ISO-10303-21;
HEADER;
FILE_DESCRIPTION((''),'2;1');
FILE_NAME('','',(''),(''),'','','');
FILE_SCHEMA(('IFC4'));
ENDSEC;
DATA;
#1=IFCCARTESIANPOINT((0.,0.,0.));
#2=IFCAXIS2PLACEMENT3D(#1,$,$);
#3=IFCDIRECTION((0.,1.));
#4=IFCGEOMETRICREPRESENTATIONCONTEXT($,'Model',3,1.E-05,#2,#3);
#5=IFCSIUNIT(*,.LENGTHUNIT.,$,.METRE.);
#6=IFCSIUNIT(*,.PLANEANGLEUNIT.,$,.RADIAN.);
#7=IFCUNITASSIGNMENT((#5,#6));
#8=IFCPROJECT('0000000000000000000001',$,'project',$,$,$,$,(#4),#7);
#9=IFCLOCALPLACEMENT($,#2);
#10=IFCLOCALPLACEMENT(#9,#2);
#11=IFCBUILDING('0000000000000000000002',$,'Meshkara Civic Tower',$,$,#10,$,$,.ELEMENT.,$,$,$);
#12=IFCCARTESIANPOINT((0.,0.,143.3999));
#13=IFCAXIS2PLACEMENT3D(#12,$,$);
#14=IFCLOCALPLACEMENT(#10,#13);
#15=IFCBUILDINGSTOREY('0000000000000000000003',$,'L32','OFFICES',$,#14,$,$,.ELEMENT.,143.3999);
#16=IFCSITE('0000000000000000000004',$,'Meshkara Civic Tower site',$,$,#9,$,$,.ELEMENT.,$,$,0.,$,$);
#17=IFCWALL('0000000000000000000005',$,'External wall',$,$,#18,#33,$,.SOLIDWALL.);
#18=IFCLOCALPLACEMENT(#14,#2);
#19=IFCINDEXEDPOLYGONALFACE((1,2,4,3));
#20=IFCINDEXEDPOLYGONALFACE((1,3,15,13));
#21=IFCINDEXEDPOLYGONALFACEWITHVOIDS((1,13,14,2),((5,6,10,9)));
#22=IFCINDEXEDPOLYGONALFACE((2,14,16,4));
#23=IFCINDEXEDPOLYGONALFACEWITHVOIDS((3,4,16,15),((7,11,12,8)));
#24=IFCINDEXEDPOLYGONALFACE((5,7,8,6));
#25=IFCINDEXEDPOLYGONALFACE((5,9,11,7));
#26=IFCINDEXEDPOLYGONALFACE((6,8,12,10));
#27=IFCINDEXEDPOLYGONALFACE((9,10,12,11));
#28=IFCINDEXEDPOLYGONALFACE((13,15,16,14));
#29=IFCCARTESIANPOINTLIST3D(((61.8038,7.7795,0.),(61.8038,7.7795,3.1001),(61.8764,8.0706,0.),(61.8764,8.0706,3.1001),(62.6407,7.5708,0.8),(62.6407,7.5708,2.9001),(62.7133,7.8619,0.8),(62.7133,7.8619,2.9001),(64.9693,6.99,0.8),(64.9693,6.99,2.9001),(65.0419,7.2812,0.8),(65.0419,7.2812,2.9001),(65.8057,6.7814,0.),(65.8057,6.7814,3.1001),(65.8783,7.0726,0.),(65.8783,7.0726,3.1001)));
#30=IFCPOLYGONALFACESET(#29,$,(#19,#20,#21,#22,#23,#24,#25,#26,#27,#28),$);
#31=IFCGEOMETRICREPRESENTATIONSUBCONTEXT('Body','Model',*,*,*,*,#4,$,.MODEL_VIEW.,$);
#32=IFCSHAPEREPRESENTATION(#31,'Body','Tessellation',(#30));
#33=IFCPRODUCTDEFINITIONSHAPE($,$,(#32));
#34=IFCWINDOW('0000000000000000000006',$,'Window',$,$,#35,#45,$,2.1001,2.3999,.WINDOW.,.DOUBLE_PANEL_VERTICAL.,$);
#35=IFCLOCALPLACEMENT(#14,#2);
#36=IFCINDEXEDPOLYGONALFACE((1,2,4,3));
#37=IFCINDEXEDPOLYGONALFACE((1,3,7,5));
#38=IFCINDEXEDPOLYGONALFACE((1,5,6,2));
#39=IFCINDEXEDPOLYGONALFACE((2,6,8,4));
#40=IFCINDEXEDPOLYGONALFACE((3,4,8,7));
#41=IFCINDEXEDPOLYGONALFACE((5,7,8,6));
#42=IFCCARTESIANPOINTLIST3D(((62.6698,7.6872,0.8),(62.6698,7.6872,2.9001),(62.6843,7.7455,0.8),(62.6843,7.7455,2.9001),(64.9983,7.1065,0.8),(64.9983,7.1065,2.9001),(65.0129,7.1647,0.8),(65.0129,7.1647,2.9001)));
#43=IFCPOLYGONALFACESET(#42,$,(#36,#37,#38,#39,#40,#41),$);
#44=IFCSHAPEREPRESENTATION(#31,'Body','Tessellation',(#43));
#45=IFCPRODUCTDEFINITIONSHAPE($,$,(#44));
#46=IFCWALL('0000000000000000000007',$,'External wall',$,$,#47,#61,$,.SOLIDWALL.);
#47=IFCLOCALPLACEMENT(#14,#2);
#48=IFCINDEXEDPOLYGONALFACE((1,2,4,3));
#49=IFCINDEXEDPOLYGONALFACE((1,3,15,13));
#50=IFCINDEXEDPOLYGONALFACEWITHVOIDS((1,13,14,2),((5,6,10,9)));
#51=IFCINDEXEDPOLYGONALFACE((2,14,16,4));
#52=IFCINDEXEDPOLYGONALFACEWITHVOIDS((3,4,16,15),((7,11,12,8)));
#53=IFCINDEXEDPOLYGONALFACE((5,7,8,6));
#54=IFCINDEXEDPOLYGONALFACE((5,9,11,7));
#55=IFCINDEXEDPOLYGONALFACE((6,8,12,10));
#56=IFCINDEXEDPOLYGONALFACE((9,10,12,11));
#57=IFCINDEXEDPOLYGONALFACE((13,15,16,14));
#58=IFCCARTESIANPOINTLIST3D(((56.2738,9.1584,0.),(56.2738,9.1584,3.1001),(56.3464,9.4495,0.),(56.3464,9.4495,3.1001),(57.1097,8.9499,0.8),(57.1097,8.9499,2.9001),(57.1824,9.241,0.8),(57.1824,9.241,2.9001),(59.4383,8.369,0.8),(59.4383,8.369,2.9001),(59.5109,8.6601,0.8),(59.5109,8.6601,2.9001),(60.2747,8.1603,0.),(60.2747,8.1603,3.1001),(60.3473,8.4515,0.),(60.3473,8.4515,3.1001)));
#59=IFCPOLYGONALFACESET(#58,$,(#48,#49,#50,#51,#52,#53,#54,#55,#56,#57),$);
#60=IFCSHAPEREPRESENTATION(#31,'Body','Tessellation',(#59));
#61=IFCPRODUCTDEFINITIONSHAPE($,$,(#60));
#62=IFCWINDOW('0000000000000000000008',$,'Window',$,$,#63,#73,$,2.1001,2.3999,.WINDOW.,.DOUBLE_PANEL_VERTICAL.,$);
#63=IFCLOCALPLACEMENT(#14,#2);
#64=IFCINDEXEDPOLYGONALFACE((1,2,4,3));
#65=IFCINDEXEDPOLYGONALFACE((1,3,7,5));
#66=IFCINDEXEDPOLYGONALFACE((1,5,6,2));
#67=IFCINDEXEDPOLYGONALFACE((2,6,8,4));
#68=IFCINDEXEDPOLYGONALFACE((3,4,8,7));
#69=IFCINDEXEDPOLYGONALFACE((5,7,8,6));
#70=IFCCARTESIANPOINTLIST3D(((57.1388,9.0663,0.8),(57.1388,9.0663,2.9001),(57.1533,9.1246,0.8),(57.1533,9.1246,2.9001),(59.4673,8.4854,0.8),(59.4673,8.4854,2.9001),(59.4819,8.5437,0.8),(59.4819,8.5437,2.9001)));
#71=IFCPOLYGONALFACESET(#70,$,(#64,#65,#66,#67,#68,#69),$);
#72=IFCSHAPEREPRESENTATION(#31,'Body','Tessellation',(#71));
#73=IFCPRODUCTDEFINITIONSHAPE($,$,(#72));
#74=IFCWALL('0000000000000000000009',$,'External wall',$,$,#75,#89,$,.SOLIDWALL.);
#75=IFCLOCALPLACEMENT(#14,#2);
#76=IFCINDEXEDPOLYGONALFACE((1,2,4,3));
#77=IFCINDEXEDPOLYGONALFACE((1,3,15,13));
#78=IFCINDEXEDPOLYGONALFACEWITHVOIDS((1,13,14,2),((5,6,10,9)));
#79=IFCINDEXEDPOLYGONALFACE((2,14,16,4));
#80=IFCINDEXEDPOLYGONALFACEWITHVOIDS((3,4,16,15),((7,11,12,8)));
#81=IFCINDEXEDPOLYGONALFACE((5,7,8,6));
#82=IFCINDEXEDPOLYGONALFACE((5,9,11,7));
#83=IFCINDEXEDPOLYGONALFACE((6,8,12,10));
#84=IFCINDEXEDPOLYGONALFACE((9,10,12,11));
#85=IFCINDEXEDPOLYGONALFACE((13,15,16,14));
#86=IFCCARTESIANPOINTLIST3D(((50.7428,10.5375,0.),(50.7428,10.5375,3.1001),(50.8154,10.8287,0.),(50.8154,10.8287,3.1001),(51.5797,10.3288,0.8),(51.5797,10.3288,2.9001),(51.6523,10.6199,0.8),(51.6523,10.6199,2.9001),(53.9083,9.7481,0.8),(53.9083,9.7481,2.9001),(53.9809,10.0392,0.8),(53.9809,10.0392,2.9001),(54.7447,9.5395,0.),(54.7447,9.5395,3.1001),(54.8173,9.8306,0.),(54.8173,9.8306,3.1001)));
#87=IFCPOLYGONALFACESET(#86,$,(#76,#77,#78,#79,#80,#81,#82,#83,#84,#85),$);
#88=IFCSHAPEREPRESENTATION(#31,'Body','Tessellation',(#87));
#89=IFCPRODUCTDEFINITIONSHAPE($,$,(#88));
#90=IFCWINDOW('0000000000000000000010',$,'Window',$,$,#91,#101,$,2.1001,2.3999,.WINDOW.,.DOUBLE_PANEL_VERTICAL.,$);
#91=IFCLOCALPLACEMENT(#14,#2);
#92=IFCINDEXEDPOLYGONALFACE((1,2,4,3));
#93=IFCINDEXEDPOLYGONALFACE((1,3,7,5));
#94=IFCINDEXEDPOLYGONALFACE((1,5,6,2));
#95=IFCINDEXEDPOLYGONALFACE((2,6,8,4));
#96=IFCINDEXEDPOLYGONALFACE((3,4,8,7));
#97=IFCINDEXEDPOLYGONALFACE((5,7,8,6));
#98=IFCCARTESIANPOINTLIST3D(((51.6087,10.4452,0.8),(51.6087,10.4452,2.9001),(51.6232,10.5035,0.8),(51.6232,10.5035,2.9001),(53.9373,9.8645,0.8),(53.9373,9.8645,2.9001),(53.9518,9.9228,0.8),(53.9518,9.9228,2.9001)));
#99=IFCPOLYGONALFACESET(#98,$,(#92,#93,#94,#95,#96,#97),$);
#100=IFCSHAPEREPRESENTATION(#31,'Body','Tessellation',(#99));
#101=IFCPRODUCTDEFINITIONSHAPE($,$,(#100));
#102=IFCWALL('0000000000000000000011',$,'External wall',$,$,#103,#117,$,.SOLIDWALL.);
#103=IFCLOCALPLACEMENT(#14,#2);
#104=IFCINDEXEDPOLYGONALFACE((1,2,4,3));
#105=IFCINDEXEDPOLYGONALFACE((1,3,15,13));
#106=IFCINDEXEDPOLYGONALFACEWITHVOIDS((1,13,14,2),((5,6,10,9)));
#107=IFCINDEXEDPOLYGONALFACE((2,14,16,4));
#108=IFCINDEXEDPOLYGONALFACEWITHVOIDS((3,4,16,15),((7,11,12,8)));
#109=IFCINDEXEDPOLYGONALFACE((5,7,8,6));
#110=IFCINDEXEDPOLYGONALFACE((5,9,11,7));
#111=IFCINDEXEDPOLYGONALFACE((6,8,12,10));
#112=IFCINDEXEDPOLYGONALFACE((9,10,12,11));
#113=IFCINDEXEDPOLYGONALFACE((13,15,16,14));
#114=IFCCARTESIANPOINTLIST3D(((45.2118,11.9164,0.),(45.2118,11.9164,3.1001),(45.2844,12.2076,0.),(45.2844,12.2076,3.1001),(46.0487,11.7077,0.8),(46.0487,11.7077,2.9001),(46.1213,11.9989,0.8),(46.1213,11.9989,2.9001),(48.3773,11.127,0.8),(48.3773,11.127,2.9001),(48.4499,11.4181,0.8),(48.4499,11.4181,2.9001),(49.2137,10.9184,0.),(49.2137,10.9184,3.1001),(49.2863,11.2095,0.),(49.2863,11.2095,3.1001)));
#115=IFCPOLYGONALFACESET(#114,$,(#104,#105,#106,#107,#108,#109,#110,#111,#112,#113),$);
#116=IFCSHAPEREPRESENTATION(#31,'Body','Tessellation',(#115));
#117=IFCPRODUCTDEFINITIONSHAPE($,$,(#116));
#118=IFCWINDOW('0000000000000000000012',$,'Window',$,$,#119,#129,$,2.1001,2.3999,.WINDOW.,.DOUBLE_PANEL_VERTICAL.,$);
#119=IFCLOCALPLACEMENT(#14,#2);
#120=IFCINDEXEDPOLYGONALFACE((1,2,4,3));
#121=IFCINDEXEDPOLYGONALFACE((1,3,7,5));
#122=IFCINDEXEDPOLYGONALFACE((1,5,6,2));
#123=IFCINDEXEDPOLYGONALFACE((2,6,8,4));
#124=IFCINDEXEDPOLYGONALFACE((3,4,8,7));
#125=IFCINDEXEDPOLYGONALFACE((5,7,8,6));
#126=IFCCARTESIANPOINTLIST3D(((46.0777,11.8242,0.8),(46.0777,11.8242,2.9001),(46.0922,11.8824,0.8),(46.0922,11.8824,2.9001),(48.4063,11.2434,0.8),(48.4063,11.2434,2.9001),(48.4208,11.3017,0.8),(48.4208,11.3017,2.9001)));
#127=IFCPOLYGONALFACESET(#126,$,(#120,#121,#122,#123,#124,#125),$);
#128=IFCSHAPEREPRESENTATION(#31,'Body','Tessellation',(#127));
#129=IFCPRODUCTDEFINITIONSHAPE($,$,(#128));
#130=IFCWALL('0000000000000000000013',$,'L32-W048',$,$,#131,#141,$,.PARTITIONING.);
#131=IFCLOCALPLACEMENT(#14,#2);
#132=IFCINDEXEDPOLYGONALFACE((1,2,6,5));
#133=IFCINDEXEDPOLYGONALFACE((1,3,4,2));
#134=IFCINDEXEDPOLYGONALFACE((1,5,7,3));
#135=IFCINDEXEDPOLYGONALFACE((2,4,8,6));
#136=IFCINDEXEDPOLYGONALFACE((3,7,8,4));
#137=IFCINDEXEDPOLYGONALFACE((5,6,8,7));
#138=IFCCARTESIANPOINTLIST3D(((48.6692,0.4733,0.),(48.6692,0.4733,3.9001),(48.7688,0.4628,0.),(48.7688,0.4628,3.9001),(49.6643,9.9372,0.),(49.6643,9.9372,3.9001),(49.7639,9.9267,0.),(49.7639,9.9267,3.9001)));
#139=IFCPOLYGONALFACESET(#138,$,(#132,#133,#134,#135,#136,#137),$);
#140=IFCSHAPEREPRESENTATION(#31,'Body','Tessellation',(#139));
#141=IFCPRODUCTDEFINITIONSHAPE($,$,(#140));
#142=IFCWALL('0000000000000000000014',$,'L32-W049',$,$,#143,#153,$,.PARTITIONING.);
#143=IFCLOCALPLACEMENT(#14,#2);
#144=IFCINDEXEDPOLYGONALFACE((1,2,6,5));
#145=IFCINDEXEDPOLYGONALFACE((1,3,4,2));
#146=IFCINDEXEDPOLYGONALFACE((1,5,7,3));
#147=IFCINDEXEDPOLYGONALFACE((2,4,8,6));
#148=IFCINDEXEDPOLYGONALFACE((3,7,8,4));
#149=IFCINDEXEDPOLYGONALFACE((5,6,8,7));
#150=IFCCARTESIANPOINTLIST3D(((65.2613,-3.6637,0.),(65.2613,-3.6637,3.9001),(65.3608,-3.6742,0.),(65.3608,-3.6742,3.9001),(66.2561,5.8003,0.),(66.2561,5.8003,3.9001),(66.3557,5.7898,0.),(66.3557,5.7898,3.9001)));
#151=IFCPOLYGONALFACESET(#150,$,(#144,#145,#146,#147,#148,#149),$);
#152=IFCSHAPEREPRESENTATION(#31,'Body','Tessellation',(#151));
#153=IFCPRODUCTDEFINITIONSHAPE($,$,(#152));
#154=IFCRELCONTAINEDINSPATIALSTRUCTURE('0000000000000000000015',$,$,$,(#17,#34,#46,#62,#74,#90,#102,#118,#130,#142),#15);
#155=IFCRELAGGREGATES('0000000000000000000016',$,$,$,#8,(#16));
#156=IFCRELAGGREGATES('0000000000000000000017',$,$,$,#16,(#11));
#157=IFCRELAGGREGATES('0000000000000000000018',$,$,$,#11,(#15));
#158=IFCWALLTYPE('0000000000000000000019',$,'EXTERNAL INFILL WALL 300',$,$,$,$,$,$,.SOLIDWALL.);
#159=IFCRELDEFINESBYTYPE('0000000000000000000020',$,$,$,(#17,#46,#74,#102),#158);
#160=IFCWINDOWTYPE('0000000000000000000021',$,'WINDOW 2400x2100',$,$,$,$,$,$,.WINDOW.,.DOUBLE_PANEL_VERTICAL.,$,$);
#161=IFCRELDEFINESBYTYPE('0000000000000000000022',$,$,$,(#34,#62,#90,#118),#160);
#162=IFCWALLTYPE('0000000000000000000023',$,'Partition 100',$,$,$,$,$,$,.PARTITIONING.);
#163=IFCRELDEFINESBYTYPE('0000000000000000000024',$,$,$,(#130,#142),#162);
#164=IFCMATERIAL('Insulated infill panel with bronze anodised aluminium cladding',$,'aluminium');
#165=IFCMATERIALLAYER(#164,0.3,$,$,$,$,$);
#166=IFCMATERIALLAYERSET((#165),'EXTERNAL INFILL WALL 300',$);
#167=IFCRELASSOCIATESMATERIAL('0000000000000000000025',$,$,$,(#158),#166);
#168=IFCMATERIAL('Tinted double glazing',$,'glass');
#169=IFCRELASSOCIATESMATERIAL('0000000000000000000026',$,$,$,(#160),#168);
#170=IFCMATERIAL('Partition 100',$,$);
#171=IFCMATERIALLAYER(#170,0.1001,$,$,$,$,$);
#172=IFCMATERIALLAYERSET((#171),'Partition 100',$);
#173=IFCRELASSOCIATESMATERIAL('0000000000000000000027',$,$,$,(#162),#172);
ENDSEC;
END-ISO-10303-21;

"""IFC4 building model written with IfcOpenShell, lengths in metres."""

from ifc_helpers import new_model, si_unit, direction, frame, frame_2d, origin, place, context, subcontext, project, spatial, rectangle, extrude, material, layer, layer_set, type_object, element, fill, save


model = new_model("IFC4")

# Units and contexts
model_context = context("Model", 3, precision=1e-05, world=origin(), true_north=direction((0.0, 1.0)))
body_context = subcontext(model_context, "Body", "Model", "MODEL_VIEW")
ifc_project = project(units=[si_unit("LENGTHUNIT", "METRE"), si_unit("PLANEANGLEUNIT", "RADIAN")], contexts=[model_context])

# Site, building, storey
site_placement = place(None, origin())
site = spatial("IfcSite", under=ifc_project, at=site_placement, Name="Meshkara Civic Tower site", CompositionType="ELEMENT", RefElevation=0.0)
building_placement = place(site_placement, origin())
building = spatial("IfcBuilding", under=site, at=building_placement, Name="Meshkara Civic Tower", CompositionType="ELEMENT")
storey_placement = place(building_placement, frame((0.0, 0.0, 143.3999)))
storey = spatial("IfcBuildingStorey", under=building, at=storey_placement, Name="L32", Description="OFFICES", CompositionType="ELEMENT", Elevation=143.3999)

# Walls, openings, windows
ifc_material_1 = material(Name="Insulated infill panel with bronze anodised aluminium cladding", Category="aluminium")
ifc_layer_1 = layer(ifc_material_1, 0.3)
ifc_layer_set_1 = layer_set([ifc_layer_1], Name="EXTERNAL INFILL WALL 300")
wall_type_1 = type_object("IfcWallType", Name="EXTERNAL INFILL WALL 300", PredefinedType="SOLIDWALL", material=ifc_layer_set_1)
wall_1_placement = place(storey_placement, frame((65.842, 6.927, 0.0), z_axis=(0.0, 0.0, 1.0), x_axis=(-0.970282, 0.241978, 0.0)))
wall_1 = element("IfcWall", 1, at=wall_1_placement, inside=storey, type_object=wall_type_1, Name="External wall", PredefinedType="SOLIDWALL", context=body_context, shape_type="SweptSolid", body=[
    extrude(rectangle(XDim=4.1245, YDim=0.3, at=frame_2d((2.0623, 0.0))), origin(), (0.0, 0.0, 1.0), 3.1001),
])
opening_1_placement = place(wall_1_placement, frame((0.8621, 0.0, 0.8)))
opening_1 = element("IfcOpeningElement", 2, at=opening_1_placement, cuts=wall_1, PredefinedType="OPENING", context=body_context, shape_type="SweptSolid", body=[
    extrude(rectangle(XDim=2.3999, YDim=2.1001, at=frame_2d((1.2, 1.05))), frame((0.0, 0.1599, 0.0), z_axis=(0.0, -1.0, 0.0), x_axis=(1.0, 0.0, 0.0)), (0.0, 0.0, 1.0), 0.3201),
])
ifc_material_2 = material(Name="Tinted double glazing", Category="glass")
window_type = type_object("IfcWindowType", Name="WINDOW 2400x2100", PartitioningType="DOUBLE_PANEL_VERTICAL", PredefinedType="WINDOW", material=ifc_material_2)
window_1_placement = place(opening_1_placement, origin())
window_1 = element("IfcWindow", 3, at=window_1_placement, inside=storey, type_object=window_type, Name="Window", OverallHeight=2.1001, OverallWidth=2.3999, PartitioningType="DOUBLE_PANEL_VERTICAL", PredefinedType="WINDOW", context=body_context, shape_type="SweptSolid", body=[
    extrude(rectangle(XDim=2.3999, YDim=2.1001, at=frame_2d((1.2, 1.05))), frame((0.0, 0.03, 0.0), z_axis=(0.0, -1.0, 0.0), x_axis=(1.0, 0.0, 0.0)), (0.0, 0.0, 1.0), 0.0601),
])
fill(opening_1, window_1)
wall_2_placement = place(storey_placement, frame((60.311, 8.3059, 0.0), z_axis=(0.0, 0.0, 1.0), x_axis=(-0.970268, 0.242034, 0.0)))
wall_2 = element("IfcWall", 4, at=wall_2_placement, inside=storey, type_object=wall_type_1, Name="External wall", PredefinedType="SOLIDWALL", context=body_context, shape_type="SweptSolid", body=[
    extrude(rectangle(XDim=4.1235, YDim=0.3, at=frame_2d((2.0618, 0.0))), origin(), (0.0, 0.0, 1.0), 3.1001),
])
opening_2_placement = place(wall_2_placement, frame((0.8621, 0.0, 0.8)))
opening_2 = element("IfcOpeningElement", 5, at=opening_2_placement, cuts=wall_2, PredefinedType="OPENING", context=body_context, shape_type="SweptSolid", body=[
    extrude(rectangle(XDim=2.3999, YDim=2.1001, at=frame_2d((1.2, 1.05))), frame((0.0, 0.1599, 0.0), z_axis=(0.0, -1.0, 0.0), x_axis=(1.0, 0.0, 0.0)), (0.0, 0.0, 1.0), 0.3201),
])
window_2_placement = place(opening_2_placement, origin())
window_2 = element("IfcWindow", 6, at=window_2_placement, inside=storey, type_object=window_type, Name="Window", OverallHeight=2.1001, OverallWidth=2.3999, PartitioningType="DOUBLE_PANEL_VERTICAL", PredefinedType="WINDOW", context=body_context, shape_type="SweptSolid", body=[
    extrude(rectangle(XDim=2.3999, YDim=2.1001, at=frame_2d((1.2, 1.05))), frame((0.0, 0.03, 0.0), z_axis=(0.0, -1.0, 0.0), x_axis=(1.0, 0.0, 0.0)), (0.0, 0.0, 1.0), 0.0601),
])
fill(opening_2, window_2)
wall_3_placement = place(storey_placement, frame((54.781, 9.6851, 0.0), z_axis=(0.0, 0.0, 1.0), x_axis=(-0.970282, 0.241978, 0.0)))
wall_3 = element("IfcWall", 7, at=wall_3_placement, inside=storey, type_object=wall_type_1, Name="External wall", PredefinedType="SOLIDWALL", context=body_context, shape_type="SweptSolid", body=[
    extrude(rectangle(XDim=4.1245, YDim=0.3, at=frame_2d((2.0623, 0.0))), origin(), (0.0, 0.0, 1.0), 3.1001),
])
opening_3_placement = place(wall_3_placement, frame((0.8621, 0.0, 0.8)))
opening_3 = element("IfcOpeningElement", 8, at=opening_3_placement, cuts=wall_3, PredefinedType="OPENING", context=body_context, shape_type="SweptSolid", body=[
    extrude(rectangle(XDim=2.3999, YDim=2.1001, at=frame_2d((1.2, 1.05))), frame((0.0, 0.1599, 0.0), z_axis=(0.0, -1.0, 0.0), x_axis=(1.0, 0.0, 0.0)), (0.0, 0.0, 1.0), 0.3201),
])
window_3_placement = place(opening_3_placement, origin())
window_3 = element("IfcWindow", 9, at=window_3_placement, inside=storey, type_object=window_type, Name="Window", OverallHeight=2.1001, OverallWidth=2.3999, PartitioningType="DOUBLE_PANEL_VERTICAL", PredefinedType="WINDOW", context=body_context, shape_type="SweptSolid", body=[
    extrude(rectangle(XDim=2.3999, YDim=2.1001, at=frame_2d((1.2, 1.05))), frame((0.0, 0.03, 0.0), z_axis=(0.0, -1.0, 0.0), x_axis=(1.0, 0.0, 0.0)), (0.0, 0.0, 1.0), 0.0601),
])
fill(opening_3, window_3)
wall_4_placement = place(storey_placement, frame((49.25, 11.064, 0.0), z_axis=(0.0, 0.0, 1.0), x_axis=(-0.970282, 0.241978, 0.0)))
wall_4 = element("IfcWall", 10, at=wall_4_placement, inside=storey, type_object=wall_type_1, Name="External wall", PredefinedType="SOLIDWALL", context=body_context, shape_type="SweptSolid", body=[
    extrude(rectangle(XDim=4.1245, YDim=0.3, at=frame_2d((2.0623, 0.0))), origin(), (0.0, 0.0, 1.0), 3.1001),
])
opening_4_placement = place(wall_4_placement, frame((0.8621, 0.0, 0.8)))
opening_4 = element("IfcOpeningElement", 11, at=opening_4_placement, cuts=wall_4, PredefinedType="OPENING", context=body_context, shape_type="SweptSolid", body=[
    extrude(rectangle(XDim=2.3999, YDim=2.1001, at=frame_2d((1.2, 1.05))), frame((0.0, 0.1599, 0.0), z_axis=(0.0, -1.0, 0.0), x_axis=(1.0, 0.0, 0.0)), (0.0, 0.0, 1.0), 0.3201),
])
window_4_placement = place(opening_4_placement, origin())
window_4 = element("IfcWindow", 12, at=window_4_placement, inside=storey, type_object=window_type, Name="Window", OverallHeight=2.1001, OverallWidth=2.3999, PartitioningType="DOUBLE_PANEL_VERTICAL", PredefinedType="WINDOW", context=body_context, shape_type="SweptSolid", body=[
    extrude(rectangle(XDim=2.3999, YDim=2.1001, at=frame_2d((1.2, 1.05))), frame((0.0, 0.03, 0.0), z_axis=(0.0, -1.0, 0.0), x_axis=(1.0, 0.0, 0.0)), (0.0, 0.0, 1.0), 0.0601),
])
fill(opening_4, window_4)

# Walls
ifc_material_3 = material(Name="Partition 100")
ifc_layer_2 = layer(ifc_material_3, 0.1001)
ifc_layer_set_2 = layer_set([ifc_layer_2], Name="Partition 100")
wall_type_2 = type_object("IfcWallType", Name="Partition 100", PredefinedType="PARTITIONING", material=ifc_layer_set_2)
for number, where, z_axis, x_axis, name in (
    (13, (48.719, 0.468, 0.0), (0.0, 0.0, 1.0), (0.104573, 0.994517, 0.0), "L32-W048"),
    (14, (65.311, -3.6689, 0.0), (0.0, 0.0, 1.0), (0.104547, 0.99452, 0.0), "L32-W049"),
):
    element("IfcWall", number, at=place(storey_placement, frame(where, z_axis=z_axis, x_axis=x_axis)), inside=storey, type_object=wall_type_2, Name=name, PredefinedType="PARTITIONING", context=body_context, shape_type="SweptSolid", body=[
        extrude(rectangle(XDim=9.5161, YDim=0.1001, at=frame_2d((4.7581, 0.0))), origin(), (0.0, 0.0, 1.0), 3.9001),
    ])

save(model, "model.ifc")
